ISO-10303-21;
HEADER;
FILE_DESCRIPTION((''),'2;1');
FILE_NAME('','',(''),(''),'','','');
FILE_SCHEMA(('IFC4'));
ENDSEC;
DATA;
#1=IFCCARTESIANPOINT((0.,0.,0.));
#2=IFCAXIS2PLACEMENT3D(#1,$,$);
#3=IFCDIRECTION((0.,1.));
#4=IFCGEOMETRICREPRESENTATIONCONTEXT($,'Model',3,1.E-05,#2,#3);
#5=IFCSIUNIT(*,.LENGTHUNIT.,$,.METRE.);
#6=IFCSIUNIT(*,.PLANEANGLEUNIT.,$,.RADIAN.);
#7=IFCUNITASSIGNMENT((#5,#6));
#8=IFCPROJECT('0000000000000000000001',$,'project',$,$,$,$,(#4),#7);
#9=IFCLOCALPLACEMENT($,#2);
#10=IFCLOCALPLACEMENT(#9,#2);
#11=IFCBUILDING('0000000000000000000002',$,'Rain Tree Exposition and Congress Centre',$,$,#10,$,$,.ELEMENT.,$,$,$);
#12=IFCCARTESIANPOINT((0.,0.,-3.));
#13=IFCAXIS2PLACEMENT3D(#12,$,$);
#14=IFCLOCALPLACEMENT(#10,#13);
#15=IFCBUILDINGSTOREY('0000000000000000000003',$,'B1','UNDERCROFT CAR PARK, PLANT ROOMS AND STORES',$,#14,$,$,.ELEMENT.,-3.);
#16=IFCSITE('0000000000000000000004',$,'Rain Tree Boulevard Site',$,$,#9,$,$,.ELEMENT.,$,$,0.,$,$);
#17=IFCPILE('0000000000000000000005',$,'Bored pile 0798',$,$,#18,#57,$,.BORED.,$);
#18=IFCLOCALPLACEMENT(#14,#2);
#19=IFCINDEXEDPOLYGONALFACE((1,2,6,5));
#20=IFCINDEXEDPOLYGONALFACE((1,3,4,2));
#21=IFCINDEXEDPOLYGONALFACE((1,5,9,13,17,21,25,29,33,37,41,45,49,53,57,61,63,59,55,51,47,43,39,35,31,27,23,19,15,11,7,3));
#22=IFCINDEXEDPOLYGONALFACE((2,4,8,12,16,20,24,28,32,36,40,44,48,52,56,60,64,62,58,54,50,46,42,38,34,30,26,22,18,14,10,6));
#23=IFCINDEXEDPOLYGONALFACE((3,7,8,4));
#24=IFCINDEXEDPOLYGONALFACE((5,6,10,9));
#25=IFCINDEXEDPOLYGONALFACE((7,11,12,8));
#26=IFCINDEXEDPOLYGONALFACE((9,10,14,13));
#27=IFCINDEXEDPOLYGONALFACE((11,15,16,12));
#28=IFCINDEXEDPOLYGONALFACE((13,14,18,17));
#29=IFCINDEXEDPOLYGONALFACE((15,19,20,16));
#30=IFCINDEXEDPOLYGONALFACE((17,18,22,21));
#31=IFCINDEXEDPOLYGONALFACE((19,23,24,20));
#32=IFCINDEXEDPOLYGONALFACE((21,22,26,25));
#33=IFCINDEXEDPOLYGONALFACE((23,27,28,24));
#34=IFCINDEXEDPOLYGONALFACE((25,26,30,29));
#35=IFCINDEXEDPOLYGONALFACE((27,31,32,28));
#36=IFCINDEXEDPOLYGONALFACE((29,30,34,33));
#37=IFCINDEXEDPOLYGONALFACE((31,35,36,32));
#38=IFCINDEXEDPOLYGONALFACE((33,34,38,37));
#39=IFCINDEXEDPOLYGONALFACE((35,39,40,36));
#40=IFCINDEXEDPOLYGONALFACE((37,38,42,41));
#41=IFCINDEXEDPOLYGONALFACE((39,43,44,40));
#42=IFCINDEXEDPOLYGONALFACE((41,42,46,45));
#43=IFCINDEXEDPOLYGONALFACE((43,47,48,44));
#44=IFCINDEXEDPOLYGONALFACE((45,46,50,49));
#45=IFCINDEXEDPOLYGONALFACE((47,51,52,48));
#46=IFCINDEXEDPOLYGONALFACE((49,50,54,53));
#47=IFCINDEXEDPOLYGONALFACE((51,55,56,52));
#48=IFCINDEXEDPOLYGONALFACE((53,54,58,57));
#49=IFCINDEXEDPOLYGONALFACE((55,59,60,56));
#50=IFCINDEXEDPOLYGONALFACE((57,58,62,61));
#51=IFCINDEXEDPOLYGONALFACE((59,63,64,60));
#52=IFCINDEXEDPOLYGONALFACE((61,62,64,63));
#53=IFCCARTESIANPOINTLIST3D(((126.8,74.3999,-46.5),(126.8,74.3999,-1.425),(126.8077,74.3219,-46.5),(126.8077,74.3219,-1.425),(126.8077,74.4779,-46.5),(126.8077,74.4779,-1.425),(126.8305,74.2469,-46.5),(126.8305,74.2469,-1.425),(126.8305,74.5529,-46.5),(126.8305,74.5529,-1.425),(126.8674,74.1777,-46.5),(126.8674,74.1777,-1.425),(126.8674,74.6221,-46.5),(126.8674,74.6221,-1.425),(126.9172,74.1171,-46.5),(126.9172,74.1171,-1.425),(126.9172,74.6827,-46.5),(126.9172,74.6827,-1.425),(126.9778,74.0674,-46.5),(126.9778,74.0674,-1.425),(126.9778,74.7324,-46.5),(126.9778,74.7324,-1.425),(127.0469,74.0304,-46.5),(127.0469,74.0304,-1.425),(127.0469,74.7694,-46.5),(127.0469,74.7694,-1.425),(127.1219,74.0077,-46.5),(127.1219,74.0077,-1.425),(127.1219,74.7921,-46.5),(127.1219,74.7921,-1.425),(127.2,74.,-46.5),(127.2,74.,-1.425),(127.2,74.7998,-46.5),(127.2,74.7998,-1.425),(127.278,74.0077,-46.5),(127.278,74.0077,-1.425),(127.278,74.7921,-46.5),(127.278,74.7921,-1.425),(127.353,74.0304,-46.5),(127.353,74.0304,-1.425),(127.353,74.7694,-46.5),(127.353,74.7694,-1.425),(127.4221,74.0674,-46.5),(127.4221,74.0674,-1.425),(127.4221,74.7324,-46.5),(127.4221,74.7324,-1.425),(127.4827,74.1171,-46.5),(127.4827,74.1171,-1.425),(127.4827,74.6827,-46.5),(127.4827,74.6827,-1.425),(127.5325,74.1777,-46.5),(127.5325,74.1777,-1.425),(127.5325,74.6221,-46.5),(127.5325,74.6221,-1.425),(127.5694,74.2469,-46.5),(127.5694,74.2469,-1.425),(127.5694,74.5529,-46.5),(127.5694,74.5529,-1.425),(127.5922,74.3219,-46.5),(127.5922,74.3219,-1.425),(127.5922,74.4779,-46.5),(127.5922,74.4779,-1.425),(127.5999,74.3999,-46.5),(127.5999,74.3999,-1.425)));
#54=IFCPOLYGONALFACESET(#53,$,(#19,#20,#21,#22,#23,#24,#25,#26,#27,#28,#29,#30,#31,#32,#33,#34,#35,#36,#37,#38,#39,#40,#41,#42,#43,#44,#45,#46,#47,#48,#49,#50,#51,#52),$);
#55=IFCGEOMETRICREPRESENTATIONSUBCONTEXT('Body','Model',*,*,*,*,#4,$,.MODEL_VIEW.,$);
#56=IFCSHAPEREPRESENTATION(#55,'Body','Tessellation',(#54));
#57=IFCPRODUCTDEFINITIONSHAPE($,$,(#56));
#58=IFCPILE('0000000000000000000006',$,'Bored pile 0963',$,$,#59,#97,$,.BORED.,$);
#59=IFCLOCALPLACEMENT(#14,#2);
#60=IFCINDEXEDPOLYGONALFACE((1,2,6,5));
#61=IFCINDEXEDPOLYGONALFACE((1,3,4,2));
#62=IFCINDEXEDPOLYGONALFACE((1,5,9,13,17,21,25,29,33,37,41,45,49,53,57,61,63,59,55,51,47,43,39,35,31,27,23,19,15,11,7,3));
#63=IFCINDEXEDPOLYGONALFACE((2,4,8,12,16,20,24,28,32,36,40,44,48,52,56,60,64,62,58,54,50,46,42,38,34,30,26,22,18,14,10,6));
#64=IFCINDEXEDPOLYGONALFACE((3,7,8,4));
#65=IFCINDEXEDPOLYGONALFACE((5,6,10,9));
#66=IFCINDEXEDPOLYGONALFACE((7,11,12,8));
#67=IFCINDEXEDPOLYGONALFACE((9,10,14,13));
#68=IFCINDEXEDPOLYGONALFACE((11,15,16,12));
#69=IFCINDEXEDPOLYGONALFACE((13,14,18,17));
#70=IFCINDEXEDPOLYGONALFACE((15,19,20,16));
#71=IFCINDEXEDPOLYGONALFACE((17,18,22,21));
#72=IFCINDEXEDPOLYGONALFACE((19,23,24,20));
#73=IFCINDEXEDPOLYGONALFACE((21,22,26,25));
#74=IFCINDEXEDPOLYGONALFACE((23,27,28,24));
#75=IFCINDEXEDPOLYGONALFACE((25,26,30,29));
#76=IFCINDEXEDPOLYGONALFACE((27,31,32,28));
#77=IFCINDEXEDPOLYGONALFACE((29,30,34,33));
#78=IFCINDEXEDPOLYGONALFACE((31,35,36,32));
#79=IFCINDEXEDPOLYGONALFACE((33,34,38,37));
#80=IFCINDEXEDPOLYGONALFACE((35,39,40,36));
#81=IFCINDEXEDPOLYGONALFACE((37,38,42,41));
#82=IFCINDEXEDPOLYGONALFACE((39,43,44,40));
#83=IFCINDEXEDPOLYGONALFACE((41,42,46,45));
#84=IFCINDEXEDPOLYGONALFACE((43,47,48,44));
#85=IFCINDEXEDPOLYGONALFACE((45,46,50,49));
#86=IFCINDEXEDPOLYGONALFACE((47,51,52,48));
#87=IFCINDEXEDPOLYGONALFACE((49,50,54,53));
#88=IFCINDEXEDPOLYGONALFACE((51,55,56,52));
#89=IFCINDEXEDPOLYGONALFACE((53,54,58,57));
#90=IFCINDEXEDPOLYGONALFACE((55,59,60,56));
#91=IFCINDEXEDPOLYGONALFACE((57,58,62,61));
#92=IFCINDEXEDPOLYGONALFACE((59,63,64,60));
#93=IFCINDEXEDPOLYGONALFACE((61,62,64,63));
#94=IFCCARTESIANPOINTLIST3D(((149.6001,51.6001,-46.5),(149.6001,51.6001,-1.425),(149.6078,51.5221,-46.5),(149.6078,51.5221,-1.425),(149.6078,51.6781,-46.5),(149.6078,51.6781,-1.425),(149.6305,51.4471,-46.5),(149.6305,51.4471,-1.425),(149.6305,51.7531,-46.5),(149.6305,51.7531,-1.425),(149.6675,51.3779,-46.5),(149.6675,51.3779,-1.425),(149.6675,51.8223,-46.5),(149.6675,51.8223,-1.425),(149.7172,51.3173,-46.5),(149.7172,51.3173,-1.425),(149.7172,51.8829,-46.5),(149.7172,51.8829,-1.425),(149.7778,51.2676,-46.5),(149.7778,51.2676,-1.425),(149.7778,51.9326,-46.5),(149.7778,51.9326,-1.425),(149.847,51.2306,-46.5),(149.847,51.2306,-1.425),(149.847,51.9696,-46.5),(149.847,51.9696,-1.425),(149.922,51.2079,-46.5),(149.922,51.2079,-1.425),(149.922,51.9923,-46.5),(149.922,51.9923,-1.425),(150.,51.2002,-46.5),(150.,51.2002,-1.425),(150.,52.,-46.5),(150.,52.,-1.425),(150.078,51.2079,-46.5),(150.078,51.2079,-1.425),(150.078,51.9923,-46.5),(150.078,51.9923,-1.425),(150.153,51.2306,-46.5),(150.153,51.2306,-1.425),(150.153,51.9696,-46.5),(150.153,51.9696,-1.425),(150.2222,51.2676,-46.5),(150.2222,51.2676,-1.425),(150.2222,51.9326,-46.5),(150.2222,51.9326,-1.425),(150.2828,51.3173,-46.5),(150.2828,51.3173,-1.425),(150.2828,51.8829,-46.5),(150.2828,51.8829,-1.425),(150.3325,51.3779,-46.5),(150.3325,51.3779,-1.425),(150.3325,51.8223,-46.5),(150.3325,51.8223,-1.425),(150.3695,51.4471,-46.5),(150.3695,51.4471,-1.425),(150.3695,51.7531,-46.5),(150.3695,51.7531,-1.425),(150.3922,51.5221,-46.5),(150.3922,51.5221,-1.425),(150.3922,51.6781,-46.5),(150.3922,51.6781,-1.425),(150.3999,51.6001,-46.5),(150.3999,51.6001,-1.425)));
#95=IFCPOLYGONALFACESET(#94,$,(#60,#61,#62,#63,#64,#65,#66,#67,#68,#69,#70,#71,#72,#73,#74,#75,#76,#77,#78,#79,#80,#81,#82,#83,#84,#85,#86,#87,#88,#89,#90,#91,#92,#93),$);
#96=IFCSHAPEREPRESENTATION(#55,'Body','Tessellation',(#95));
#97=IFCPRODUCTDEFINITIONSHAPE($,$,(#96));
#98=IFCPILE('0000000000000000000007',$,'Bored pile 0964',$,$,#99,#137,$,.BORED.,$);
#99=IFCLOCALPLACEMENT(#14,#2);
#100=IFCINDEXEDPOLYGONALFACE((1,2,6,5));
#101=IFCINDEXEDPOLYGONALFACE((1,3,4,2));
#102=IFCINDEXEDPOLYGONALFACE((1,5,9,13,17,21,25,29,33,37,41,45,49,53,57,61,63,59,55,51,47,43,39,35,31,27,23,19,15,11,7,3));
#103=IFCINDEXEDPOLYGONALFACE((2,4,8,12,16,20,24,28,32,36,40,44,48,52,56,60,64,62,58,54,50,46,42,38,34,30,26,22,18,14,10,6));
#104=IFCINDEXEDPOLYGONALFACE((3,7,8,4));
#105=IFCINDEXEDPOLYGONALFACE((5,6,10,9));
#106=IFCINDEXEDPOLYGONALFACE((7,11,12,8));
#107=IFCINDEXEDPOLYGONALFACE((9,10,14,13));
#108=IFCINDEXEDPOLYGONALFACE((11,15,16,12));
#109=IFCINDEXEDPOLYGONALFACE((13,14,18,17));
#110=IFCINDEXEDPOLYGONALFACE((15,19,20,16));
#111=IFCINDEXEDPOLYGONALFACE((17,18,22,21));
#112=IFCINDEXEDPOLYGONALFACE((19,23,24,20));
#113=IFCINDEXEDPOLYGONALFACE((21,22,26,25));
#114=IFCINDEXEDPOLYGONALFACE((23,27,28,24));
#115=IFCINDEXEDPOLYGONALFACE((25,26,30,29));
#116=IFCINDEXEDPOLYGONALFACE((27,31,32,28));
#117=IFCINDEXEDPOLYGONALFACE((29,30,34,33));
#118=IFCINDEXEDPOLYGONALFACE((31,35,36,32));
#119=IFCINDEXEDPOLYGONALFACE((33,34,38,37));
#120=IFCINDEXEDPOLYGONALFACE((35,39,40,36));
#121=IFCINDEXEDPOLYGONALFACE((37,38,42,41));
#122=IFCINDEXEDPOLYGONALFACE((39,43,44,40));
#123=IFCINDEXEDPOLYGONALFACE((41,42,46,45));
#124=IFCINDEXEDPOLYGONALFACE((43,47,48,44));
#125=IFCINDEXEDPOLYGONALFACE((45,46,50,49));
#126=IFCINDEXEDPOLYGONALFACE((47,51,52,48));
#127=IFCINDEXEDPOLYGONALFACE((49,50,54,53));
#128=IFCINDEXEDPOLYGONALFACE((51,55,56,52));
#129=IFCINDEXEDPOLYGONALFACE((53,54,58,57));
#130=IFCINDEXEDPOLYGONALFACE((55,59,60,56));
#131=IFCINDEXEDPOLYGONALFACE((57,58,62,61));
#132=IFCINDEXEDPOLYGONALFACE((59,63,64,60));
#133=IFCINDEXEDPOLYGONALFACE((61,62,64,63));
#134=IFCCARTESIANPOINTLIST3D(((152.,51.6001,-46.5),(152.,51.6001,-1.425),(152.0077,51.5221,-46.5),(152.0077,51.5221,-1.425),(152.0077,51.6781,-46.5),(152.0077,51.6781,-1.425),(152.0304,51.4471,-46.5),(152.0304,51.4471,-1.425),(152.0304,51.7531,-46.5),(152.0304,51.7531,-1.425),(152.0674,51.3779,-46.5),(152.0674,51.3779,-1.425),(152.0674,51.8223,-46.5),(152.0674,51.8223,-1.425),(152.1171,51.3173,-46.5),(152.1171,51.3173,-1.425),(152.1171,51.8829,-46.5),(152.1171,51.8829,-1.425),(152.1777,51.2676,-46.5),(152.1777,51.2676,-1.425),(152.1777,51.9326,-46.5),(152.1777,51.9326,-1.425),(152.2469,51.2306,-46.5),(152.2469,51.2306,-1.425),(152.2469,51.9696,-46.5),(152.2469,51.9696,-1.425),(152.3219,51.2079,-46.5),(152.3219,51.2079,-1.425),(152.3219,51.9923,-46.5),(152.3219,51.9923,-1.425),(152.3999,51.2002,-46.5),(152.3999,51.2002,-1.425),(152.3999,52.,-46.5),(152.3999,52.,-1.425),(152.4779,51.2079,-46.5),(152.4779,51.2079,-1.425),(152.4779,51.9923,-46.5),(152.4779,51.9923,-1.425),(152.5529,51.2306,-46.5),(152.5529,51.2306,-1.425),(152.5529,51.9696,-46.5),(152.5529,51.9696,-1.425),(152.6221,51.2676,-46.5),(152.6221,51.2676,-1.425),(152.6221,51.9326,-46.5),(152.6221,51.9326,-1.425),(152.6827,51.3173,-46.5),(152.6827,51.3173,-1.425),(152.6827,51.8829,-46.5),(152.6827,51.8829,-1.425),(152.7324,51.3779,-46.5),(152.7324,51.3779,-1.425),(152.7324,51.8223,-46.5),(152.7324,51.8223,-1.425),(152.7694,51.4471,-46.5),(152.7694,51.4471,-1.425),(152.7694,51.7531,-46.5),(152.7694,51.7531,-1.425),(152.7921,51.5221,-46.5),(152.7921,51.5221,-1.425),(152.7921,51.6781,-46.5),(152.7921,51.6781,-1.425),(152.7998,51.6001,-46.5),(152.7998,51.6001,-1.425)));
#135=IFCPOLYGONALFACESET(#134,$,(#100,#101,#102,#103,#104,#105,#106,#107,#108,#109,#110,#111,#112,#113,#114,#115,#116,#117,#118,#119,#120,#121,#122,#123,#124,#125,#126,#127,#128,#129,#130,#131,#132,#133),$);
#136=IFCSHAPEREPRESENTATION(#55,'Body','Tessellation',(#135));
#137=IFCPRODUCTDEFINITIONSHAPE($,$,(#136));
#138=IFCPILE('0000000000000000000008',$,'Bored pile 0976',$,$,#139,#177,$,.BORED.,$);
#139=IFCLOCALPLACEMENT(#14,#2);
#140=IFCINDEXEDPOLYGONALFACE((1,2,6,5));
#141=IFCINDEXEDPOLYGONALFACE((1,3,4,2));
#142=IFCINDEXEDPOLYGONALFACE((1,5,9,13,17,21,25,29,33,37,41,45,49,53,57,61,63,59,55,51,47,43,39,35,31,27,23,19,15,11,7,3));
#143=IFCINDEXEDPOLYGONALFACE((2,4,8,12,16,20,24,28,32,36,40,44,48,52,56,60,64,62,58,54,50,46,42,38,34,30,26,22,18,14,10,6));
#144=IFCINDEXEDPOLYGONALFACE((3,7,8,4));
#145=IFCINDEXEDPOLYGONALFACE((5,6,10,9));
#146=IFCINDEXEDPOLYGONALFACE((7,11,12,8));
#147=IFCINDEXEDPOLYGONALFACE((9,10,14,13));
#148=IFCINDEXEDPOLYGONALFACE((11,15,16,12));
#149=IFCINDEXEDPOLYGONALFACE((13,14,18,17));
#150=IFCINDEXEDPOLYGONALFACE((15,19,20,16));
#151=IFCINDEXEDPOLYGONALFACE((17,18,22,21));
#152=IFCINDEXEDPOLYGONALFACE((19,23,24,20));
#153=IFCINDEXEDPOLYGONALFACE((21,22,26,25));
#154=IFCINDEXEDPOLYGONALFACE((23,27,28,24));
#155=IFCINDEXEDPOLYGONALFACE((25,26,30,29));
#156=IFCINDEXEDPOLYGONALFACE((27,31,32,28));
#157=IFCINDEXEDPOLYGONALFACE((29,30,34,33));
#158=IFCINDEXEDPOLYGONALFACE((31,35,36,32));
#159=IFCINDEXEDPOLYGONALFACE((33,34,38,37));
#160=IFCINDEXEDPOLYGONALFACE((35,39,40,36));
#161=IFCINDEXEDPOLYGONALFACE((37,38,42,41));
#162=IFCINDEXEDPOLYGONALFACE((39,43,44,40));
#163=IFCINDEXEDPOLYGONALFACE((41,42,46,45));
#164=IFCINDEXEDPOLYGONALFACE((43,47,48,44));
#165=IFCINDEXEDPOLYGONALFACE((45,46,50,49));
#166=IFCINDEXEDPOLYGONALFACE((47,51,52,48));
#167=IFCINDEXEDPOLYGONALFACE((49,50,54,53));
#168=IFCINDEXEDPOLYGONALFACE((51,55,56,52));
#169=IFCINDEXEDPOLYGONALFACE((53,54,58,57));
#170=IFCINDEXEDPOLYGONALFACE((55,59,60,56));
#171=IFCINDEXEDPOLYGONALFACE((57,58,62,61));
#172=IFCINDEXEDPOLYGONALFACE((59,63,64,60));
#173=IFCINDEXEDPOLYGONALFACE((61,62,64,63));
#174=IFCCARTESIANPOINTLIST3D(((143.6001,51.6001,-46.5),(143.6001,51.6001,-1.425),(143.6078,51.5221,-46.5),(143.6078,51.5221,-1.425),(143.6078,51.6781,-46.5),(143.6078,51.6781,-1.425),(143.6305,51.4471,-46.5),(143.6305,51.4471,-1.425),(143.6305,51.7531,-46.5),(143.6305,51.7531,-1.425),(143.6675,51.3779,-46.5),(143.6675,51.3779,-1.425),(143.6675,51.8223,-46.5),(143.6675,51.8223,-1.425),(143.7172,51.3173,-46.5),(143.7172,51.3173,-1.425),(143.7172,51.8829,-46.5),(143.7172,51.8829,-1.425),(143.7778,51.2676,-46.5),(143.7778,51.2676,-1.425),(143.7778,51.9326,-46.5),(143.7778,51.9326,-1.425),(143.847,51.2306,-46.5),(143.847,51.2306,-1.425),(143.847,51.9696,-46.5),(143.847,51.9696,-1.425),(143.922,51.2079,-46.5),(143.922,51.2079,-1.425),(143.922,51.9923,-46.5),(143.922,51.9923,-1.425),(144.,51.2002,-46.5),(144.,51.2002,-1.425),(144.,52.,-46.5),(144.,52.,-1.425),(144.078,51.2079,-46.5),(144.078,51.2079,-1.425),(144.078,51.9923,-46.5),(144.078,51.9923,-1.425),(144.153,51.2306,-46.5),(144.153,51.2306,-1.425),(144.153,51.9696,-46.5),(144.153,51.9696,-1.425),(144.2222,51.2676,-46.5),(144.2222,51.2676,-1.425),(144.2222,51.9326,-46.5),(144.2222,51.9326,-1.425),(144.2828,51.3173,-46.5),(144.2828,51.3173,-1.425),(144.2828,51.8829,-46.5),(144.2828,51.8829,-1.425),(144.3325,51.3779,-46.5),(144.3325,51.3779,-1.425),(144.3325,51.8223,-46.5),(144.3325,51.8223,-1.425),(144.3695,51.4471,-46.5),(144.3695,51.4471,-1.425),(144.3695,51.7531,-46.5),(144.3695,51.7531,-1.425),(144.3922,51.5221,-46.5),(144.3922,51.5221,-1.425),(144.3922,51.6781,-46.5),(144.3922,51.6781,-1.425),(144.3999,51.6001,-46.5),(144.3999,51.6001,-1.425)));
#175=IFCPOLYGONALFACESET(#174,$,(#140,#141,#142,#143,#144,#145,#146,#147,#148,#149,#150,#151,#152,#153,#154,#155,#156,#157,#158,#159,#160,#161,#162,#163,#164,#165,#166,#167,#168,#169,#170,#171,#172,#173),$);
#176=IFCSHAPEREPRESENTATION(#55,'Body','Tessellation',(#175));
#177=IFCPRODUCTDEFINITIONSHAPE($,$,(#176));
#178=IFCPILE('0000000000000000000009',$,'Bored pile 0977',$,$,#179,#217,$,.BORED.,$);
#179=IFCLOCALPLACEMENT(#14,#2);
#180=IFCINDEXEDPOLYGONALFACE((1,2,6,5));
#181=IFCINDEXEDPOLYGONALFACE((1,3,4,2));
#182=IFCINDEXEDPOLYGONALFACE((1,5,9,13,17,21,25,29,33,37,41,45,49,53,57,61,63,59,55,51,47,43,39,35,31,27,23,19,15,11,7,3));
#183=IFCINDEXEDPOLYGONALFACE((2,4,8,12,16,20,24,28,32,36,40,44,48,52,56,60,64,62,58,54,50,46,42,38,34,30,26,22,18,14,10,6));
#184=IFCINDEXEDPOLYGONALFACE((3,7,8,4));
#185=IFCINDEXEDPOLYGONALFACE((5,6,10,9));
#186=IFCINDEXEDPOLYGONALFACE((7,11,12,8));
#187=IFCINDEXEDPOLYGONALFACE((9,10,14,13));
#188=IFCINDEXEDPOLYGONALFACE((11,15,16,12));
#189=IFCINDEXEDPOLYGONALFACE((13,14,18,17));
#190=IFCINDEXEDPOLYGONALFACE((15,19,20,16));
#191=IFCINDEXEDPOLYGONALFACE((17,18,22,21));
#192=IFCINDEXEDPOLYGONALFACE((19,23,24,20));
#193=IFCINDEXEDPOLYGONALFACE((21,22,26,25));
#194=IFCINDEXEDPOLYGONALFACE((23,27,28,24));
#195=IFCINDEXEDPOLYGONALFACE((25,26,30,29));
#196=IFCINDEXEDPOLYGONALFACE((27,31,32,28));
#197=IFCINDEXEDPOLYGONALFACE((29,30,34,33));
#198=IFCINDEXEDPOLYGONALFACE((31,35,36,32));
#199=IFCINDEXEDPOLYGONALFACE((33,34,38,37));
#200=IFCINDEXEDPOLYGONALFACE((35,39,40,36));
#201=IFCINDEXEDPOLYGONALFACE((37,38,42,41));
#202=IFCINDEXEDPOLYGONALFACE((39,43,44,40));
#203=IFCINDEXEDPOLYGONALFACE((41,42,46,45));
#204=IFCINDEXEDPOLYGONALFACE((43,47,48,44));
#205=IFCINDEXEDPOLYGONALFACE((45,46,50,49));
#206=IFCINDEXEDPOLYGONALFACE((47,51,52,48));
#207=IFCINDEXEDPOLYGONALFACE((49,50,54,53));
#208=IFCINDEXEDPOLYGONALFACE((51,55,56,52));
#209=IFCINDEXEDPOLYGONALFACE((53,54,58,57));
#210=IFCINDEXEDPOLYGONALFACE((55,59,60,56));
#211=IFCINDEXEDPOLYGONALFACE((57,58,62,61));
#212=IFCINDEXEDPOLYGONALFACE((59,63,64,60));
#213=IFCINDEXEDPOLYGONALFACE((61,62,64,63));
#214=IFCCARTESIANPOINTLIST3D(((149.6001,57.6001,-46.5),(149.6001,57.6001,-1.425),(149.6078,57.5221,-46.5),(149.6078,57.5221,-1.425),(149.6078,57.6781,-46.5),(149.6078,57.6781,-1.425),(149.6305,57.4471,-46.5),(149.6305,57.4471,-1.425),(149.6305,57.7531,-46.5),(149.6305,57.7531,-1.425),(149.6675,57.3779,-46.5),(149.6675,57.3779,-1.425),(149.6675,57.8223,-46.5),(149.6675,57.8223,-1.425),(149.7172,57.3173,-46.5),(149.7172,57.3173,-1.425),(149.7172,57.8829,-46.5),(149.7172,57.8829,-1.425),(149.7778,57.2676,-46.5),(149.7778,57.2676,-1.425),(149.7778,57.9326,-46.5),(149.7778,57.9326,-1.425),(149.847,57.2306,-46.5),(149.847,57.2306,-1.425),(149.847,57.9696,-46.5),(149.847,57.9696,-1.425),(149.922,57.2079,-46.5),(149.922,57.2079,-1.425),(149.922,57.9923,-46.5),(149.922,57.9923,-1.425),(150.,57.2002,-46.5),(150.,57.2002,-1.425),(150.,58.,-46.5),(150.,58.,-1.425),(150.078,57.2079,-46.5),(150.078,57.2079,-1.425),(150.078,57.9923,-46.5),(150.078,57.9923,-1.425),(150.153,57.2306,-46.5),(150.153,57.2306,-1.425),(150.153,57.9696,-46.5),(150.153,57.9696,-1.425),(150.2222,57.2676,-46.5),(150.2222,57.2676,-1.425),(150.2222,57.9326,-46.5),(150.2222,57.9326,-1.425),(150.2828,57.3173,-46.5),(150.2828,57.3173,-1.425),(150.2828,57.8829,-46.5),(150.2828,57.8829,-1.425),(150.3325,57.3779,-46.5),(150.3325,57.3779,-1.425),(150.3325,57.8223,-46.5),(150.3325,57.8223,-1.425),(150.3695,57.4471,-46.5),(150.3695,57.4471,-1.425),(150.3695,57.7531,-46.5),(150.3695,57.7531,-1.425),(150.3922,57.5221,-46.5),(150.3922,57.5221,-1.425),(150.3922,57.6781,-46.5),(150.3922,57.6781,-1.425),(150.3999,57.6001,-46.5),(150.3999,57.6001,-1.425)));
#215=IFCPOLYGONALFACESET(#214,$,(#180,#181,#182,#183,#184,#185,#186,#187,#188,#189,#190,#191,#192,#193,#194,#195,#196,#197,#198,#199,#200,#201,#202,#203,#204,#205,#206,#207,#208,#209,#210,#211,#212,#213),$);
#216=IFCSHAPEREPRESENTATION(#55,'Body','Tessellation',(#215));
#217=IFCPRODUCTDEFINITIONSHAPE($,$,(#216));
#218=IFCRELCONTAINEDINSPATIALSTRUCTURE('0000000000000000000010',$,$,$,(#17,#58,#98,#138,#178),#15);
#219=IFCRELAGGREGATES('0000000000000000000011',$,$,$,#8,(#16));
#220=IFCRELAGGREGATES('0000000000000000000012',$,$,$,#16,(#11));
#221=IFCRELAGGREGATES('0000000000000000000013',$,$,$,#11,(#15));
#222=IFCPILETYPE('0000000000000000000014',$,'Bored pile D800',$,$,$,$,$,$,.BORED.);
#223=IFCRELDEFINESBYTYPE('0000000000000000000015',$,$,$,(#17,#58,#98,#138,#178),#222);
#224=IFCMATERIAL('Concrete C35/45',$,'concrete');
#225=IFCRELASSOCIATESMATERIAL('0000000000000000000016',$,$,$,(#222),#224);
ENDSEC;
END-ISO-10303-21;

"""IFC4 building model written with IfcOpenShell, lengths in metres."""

from ifc_helpers import new_model, si_unit, direction, frame, origin, origin_2d, place, context, subcontext, project, spatial, circle, extrude, material, material_profile, profile_set, type_object, element, save


model = new_model("IFC4")

# Units and contexts
model_context = context("Model", 3, precision=1e-05, world=origin(), true_north=direction((0.0, 1.0)))
body_context = subcontext(model_context, "Body", "Model", "MODEL_VIEW")
ifc_project = project(units=[si_unit("LENGTHUNIT", "METRE"), si_unit("PLANEANGLEUNIT", "RADIAN")], contexts=[model_context])

# Site, building, storey
site_placement = place(None, origin())
site = spatial("IfcSite", under=ifc_project, at=site_placement, Name="Rain Tree Boulevard Site", CompositionType="ELEMENT", RefElevation=0.0)
building_placement = place(site_placement, origin())
building = spatial("IfcBuilding", under=site, at=building_placement, Name="Rain Tree Exposition and Congress Centre", CompositionType="ELEMENT")
storey_placement = place(building_placement, frame((0.0, 0.0, -3.0)))
storey = spatial("IfcBuildingStorey", under=building, at=storey_placement, Name="B1", Description="UNDERCROFT CAR PARK, PLANT ROOMS AND STORES", CompositionType="ELEMENT", Elevation=-3.0)

# Piles
ifc_material_1 = material(Name="Concrete C35/45", Category="concrete")
ifc_material_profile_1 = material_profile(ifc_material_1, circle(Radius=0.3999, at=origin_2d()), Name="D800")
ifc_profile_set_1 = profile_set([ifc_material_profile_1], Name="Concrete C35/45")
pile_type = type_object("IfcPileType", Name="Bored pile D800", PredefinedType="BORED", material=ifc_profile_set_1)
for number, where, z_axis, x_axis, name in (
    (1, (127.2, 74.3999, -1.425), (0.0, 0.0, -1.0), (1.0, 0.0, 0.0), "Bored pile 0798"),
    (2, (150.0, 51.6001, -1.425), (0.0, 0.0, -1.0), (1.0, 0.0, 0.0), "Bored pile 0963"),
    (3, (152.3999, 51.6001, -1.425), (0.0, 0.0, -1.0), (1.0, 0.0, 0.0), "Bored pile 0964"),
    (4, (144.0, 51.6001, -1.425), (0.0, 0.0, -1.0), (1.0, 0.0, 0.0), "Bored pile 0976"),
    (5, (150.0, 57.6001, -1.425), (0.0, 0.0, -1.0), (1.0, 0.0, 0.0), "Bored pile 0977"),
):
    element("IfcPile", number, at=place(storey_placement, frame(where, z_axis=z_axis, x_axis=x_axis)), inside=storey, type_object=pile_type, Name=name, PredefinedType="BORED", context=body_context, shape_type="SweptSolid", body=[
        extrude(circle(Radius=0.3999, at=origin_2d()), origin(), (0.0, 0.0, 1.0), 45.075),
    ])

save(model, "model.ifc")
